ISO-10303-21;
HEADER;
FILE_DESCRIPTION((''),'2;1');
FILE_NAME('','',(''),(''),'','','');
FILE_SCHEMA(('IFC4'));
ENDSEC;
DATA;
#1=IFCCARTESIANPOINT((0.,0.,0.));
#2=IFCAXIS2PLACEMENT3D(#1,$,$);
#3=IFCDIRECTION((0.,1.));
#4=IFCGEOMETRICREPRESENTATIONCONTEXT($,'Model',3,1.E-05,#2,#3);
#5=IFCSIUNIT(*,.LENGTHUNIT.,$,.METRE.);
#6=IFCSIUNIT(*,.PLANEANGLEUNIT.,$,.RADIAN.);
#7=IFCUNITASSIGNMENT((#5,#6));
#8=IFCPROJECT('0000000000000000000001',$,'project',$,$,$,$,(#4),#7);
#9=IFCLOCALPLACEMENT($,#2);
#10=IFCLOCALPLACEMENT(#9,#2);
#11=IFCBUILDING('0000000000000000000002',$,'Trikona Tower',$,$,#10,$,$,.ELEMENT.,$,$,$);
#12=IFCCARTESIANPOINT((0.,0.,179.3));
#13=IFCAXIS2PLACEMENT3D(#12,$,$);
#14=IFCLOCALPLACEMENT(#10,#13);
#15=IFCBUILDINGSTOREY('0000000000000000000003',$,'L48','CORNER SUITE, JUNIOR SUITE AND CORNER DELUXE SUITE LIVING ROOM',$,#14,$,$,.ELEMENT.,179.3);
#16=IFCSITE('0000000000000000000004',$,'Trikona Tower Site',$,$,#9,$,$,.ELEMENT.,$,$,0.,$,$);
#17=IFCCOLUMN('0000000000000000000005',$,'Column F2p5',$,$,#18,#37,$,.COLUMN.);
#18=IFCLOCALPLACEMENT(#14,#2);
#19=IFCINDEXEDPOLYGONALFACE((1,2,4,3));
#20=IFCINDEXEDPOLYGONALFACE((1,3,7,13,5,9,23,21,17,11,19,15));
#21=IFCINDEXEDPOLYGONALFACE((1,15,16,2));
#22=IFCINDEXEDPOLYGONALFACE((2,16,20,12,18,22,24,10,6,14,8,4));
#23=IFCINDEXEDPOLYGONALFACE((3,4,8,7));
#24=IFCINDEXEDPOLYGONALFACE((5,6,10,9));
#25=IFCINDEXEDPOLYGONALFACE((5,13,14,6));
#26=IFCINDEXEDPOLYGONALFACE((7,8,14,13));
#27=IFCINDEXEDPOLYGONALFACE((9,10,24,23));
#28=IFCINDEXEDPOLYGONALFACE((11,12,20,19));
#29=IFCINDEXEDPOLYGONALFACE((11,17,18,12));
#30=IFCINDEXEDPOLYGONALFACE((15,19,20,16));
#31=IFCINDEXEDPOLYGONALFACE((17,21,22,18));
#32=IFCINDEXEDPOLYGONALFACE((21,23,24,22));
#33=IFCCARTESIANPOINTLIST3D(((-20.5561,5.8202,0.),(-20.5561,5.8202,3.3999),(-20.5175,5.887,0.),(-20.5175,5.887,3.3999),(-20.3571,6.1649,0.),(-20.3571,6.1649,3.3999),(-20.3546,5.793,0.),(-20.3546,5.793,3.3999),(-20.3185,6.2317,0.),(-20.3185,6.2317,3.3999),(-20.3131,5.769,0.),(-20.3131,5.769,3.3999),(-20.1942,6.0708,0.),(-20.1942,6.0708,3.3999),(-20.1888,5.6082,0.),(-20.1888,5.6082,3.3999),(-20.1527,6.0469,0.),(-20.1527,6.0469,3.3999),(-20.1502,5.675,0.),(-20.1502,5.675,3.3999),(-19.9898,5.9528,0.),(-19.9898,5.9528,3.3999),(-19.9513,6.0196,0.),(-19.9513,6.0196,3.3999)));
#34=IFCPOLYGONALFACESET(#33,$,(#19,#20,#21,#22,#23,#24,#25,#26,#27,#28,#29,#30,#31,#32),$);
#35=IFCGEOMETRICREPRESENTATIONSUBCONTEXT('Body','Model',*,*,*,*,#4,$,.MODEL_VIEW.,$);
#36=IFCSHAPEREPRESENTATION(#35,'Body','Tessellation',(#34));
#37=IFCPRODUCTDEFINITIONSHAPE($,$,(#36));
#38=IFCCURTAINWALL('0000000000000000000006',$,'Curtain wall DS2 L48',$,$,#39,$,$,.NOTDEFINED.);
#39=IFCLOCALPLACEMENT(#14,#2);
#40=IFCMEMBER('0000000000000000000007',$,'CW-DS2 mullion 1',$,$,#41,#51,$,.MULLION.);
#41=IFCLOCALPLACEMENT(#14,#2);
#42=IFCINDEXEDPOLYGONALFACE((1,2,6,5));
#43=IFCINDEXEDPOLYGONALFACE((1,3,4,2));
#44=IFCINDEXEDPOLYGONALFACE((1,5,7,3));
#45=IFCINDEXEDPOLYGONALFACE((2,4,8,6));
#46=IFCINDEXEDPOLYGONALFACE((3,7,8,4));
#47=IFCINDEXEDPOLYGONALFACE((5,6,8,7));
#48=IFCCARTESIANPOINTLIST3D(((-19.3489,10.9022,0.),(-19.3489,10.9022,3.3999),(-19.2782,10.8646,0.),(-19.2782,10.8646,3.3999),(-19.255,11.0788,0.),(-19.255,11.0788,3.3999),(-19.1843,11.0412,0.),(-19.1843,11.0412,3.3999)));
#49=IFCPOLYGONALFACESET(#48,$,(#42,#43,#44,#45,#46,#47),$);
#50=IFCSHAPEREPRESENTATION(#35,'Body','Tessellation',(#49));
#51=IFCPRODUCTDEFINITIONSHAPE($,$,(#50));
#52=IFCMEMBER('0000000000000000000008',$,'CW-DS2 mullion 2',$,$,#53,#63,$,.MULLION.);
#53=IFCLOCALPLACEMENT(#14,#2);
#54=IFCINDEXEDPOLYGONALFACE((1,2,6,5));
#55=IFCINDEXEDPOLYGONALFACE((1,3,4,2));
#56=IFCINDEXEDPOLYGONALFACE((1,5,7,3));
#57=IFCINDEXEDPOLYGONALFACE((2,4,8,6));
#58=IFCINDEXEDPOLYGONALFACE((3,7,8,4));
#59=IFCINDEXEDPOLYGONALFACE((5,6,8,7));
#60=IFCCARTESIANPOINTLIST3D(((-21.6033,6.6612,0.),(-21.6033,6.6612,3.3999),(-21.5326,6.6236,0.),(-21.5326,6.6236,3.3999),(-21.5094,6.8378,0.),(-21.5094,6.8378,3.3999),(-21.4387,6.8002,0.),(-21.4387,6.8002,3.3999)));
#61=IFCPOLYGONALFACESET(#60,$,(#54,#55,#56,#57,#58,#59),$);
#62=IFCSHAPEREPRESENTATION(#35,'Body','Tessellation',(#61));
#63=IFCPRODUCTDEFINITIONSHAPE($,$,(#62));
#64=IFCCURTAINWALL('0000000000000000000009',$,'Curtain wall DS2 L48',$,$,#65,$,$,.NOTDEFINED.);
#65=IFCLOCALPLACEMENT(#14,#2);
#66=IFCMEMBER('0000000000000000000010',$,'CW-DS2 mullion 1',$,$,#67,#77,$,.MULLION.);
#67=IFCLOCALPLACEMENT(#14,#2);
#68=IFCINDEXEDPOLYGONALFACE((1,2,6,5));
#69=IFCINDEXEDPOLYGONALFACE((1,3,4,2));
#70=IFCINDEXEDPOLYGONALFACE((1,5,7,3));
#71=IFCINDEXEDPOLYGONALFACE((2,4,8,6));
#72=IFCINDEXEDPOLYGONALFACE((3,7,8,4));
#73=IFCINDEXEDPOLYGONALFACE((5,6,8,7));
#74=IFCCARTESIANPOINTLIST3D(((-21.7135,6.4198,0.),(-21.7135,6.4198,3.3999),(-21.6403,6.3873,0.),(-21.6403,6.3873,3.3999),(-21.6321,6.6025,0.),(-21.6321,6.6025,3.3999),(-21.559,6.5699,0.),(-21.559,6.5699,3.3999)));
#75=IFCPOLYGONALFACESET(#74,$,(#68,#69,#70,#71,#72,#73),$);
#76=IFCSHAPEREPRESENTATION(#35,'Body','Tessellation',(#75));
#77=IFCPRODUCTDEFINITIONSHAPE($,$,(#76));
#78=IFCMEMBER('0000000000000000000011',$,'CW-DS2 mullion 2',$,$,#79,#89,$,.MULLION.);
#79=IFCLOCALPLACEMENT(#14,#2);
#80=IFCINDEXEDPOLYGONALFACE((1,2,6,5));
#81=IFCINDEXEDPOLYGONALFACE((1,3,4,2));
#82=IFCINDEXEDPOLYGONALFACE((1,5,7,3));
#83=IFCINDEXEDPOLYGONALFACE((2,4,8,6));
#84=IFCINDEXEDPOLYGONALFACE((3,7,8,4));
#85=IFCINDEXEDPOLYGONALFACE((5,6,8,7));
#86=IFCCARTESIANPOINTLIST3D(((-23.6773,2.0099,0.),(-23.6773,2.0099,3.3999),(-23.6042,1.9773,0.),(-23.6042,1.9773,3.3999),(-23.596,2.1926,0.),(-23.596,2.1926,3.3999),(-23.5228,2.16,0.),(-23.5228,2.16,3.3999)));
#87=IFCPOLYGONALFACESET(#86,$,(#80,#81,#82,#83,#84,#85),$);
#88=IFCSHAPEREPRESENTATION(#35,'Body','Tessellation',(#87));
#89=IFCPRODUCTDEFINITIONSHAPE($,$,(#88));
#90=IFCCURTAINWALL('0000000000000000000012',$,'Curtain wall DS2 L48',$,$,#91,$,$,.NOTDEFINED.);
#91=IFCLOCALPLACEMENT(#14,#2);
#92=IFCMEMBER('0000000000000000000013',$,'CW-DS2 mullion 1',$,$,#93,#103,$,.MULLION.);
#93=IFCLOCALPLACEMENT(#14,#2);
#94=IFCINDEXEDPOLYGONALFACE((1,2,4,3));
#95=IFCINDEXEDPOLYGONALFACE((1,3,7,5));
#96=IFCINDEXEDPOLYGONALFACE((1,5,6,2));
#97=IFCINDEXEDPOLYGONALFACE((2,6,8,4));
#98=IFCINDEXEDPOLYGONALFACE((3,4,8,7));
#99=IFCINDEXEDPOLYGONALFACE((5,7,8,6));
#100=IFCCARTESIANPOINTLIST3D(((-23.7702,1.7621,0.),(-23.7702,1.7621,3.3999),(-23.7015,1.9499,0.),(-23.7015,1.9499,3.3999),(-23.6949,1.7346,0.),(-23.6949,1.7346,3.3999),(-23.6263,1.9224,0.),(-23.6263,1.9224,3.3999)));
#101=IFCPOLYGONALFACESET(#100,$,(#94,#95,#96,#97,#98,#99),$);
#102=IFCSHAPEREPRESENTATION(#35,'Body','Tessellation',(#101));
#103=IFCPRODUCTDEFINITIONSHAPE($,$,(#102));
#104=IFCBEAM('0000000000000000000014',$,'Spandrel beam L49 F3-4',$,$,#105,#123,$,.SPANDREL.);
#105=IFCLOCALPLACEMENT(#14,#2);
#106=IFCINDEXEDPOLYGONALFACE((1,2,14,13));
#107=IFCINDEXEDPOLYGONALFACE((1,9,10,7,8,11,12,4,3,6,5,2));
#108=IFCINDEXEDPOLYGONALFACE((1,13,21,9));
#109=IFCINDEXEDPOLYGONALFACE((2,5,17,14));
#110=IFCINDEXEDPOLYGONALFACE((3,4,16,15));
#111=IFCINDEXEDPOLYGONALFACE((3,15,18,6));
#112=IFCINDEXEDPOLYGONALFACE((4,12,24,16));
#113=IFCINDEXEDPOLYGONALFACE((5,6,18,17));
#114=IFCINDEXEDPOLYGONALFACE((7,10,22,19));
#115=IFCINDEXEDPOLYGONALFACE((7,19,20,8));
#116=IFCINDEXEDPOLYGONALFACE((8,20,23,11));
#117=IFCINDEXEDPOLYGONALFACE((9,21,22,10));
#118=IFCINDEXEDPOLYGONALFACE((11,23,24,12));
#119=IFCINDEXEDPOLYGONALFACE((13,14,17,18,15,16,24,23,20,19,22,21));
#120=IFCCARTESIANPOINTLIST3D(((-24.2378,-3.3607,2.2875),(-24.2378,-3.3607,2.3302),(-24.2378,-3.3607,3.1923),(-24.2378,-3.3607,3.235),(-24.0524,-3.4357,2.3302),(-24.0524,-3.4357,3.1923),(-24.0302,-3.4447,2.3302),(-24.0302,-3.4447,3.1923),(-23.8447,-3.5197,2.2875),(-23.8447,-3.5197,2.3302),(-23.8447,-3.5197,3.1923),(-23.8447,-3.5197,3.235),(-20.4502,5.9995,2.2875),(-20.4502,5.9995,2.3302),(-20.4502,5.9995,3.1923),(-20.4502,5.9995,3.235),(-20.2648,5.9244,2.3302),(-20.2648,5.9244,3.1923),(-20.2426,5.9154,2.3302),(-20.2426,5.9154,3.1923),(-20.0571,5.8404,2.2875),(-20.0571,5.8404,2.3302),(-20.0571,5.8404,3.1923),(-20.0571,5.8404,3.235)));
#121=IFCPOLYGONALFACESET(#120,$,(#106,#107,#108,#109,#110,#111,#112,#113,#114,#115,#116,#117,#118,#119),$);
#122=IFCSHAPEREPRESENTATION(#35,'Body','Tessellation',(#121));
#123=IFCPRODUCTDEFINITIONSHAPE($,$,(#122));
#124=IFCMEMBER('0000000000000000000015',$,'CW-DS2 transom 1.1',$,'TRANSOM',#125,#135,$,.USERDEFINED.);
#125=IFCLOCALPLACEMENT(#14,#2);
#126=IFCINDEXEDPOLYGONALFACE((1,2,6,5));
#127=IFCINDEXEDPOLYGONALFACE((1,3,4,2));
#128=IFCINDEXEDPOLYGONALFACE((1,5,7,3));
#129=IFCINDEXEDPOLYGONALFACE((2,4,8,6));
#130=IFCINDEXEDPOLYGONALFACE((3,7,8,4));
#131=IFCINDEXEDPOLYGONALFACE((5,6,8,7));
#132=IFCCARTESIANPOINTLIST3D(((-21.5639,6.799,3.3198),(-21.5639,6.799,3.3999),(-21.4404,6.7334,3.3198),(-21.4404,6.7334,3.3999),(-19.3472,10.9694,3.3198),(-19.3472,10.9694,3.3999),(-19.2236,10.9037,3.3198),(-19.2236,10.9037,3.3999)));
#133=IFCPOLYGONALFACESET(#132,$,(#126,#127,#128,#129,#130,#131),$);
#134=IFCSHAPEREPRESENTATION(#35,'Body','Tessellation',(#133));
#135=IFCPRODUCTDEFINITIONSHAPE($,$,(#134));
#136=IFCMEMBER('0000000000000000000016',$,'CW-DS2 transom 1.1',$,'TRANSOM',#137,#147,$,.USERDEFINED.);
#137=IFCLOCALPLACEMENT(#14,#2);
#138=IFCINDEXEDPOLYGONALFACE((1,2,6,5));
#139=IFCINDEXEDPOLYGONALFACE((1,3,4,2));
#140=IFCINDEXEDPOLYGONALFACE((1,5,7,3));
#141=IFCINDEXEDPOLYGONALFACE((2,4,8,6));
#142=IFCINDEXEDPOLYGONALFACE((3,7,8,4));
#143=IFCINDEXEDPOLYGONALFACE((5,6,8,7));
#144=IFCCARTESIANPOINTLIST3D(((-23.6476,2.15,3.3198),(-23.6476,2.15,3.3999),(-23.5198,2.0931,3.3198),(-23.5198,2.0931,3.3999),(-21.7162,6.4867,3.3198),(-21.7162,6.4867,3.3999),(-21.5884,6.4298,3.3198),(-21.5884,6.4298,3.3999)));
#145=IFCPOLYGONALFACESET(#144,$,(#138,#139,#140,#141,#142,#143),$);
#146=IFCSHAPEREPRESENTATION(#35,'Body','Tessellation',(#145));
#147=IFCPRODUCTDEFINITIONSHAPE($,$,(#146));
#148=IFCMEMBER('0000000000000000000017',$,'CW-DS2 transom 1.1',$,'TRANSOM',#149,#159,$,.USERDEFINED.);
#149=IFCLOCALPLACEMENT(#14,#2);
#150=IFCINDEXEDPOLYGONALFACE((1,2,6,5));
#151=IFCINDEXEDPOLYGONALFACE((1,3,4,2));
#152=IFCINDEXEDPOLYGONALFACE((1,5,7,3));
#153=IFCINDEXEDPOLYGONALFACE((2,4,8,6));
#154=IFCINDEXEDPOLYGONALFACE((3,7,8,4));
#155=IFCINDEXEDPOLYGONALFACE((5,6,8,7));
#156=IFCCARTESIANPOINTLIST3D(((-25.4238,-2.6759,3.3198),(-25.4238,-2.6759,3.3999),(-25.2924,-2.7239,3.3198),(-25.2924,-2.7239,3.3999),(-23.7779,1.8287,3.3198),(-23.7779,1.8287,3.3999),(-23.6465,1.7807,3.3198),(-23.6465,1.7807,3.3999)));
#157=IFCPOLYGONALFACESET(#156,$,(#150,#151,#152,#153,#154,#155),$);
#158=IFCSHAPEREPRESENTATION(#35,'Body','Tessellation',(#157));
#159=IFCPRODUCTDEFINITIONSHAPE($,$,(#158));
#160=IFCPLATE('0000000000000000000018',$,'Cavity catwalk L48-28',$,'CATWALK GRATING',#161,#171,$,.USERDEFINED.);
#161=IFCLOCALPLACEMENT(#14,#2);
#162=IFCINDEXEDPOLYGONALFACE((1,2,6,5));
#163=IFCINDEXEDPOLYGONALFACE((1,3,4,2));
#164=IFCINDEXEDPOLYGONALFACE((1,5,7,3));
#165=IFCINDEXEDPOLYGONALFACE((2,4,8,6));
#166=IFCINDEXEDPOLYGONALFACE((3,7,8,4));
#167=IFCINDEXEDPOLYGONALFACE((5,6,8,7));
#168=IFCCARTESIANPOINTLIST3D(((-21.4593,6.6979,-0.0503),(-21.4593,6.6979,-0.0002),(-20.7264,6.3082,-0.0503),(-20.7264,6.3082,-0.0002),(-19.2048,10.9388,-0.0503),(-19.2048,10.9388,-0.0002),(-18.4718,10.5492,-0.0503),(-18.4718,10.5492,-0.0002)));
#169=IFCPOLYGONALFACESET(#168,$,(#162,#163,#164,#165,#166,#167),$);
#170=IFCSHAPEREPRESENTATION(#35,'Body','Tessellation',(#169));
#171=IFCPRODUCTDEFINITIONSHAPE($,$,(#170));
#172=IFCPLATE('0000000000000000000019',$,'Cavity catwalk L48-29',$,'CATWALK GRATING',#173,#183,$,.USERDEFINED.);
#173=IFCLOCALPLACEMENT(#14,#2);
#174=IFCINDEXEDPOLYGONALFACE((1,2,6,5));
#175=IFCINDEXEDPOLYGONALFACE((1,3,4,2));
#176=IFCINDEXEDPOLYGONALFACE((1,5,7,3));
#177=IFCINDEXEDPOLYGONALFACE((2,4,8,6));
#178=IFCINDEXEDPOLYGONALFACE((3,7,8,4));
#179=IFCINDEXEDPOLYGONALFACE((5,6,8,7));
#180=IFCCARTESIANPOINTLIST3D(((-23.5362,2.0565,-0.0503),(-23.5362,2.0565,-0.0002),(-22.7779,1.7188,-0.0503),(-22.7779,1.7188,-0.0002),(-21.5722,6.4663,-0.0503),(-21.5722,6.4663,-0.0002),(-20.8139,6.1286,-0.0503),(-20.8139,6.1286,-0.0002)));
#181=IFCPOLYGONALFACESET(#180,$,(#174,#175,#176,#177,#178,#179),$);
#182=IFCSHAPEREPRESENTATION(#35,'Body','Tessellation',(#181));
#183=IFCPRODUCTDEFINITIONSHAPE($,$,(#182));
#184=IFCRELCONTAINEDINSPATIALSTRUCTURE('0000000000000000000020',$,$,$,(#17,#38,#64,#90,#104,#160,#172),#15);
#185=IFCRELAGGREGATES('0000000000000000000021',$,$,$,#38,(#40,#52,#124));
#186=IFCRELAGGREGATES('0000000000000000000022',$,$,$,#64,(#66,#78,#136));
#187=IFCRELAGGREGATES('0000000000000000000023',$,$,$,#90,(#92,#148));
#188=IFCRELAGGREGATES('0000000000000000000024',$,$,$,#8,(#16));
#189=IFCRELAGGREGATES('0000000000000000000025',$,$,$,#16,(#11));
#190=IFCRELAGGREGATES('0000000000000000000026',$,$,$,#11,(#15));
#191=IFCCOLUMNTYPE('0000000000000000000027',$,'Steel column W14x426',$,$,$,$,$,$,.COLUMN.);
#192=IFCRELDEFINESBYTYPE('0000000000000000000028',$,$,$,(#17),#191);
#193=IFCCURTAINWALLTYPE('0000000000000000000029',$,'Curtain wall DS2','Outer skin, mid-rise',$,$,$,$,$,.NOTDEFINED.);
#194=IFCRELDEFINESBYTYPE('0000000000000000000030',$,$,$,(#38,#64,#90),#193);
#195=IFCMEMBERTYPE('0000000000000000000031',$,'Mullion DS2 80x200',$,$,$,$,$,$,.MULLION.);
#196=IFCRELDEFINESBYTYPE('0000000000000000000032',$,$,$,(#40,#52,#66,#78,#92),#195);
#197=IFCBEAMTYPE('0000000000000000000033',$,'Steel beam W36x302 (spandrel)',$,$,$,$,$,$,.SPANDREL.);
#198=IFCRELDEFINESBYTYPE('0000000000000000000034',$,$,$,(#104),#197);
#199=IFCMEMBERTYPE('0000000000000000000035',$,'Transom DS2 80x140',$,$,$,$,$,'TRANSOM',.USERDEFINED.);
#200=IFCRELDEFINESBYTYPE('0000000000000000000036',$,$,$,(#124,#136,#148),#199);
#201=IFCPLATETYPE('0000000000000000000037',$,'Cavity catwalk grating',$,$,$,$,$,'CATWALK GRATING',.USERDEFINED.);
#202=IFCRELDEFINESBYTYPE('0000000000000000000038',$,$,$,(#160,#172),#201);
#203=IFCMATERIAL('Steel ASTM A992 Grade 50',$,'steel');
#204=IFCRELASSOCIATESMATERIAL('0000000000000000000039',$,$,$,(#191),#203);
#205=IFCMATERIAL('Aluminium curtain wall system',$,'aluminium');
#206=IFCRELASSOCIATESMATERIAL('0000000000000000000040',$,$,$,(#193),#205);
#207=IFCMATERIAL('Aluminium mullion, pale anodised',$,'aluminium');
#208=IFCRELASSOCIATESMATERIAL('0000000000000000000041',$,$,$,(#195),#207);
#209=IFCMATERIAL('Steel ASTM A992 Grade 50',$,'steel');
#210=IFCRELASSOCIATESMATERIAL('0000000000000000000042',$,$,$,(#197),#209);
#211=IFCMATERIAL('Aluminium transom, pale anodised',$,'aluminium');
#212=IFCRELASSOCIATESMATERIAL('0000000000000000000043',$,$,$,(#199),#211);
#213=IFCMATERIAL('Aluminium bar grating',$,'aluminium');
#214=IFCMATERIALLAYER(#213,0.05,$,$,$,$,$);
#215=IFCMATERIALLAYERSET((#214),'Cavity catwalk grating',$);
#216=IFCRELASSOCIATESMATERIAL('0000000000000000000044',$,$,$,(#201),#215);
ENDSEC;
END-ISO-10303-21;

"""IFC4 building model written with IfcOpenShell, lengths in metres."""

from ifc_helpers import new_model, si_unit, direction, frame, origin, origin_2d, place, context, subcontext, project, spatial, rectangle, i_section, extrude, material, layer, layer_set, material_profile, profile_set, type_object, element, aggregate, save


model = new_model("IFC4")

# Units and contexts
model_context = context("Model", 3, precision=1e-05, world=origin(), true_north=direction((0.0, 1.0)))
body_context = subcontext(model_context, "Body", "Model", "MODEL_VIEW")
ifc_project = project(units=[si_unit("LENGTHUNIT", "METRE"), si_unit("PLANEANGLEUNIT", "RADIAN")], contexts=[model_context])

# Site, building, storey
site_placement = place(None, origin())
site = spatial("IfcSite", under=ifc_project, at=site_placement, Name="Trikona Tower Site", CompositionType="ELEMENT", RefElevation=0.0)
building_placement = place(site_placement, origin())
building = spatial("IfcBuilding", under=site, at=building_placement, Name="Trikona Tower", CompositionType="ELEMENT")
storey_placement = place(building_placement, frame((0.0, 0.0, 179.3)))
storey = spatial("IfcBuildingStorey", under=building, at=storey_placement, Name="L48", Description="CORNER SUITE, JUNIOR SUITE AND CORNER DELUXE SUITE LIVING ROOM", CompositionType="ELEMENT", Elevation=179.3)

# Column
ifc_material_1 = material(Name="Steel ASTM A992 Grade 50", Category="steel")
ifc_material_profile_1 = material_profile(ifc_material_1, i_section(OverallWidth=0.4241, OverallDepth=0.4751, WebThickness=0.0479, FlangeThickness=0.0771, at=origin_2d()), Name="W14X426")
ifc_profile_set_1 = profile_set([ifc_material_profile_1], Name="Steel ASTM A992 Grade 50")
column_type = type_object("IfcColumnType", Name="Steel column W14x426", PredefinedType="COLUMN", material=ifc_profile_set_1)
column_placement = place(storey_placement, frame((-20.2537, 5.9199, 0.0), z_axis=(0.0, 0.0, 1.0), x_axis=(-0.866025, 0.5, 0.0)))
element("IfcColumn", 1, at=column_placement, inside=storey, type_object=column_type, Name="Column F2p5", PredefinedType="COLUMN", context=body_context, shape_type="SweptSolid", body=[
    extrude(i_section(OverallWidth=0.4241, OverallDepth=0.4751, WebThickness=0.0479, FlangeThickness=0.0771, at=origin_2d()), origin(), (0.0, 0.0, 1.0), 3.3999),
])

# Curtain walls, members
ifc_material_2 = material(Name="Aluminium curtain wall system", Category="aluminium")
curtain_wall_type = type_object("IfcCurtainWallType", Name="Curtain wall DS2", Description="Outer skin, mid-rise", PredefinedType="NOTDEFINED", material=ifc_material_2)
curtain_wall_1_placement = place(storey_placement, origin())
curtain_wall_1 = element("IfcCurtainWall", 2, at=curtain_wall_1_placement, inside=storey, type_object=curtain_wall_type, Name="Curtain wall DS2 L48", PredefinedType="NOTDEFINED")
ifc_material_3 = material(Name="Aluminium mullion, pale anodised", Category="aluminium")
ifc_material_profile_2 = material_profile(ifc_material_3, rectangle(XDim=0.0801, YDim=0.2, at=origin_2d()), Name="MUL-DS2")
ifc_profile_set_2 = profile_set([ifc_material_profile_2], Name="Aluminium mullion, pale anodised")
member_type_1 = type_object("IfcMemberType", Name="Mullion DS2 80x200", PredefinedType="MULLION", material=ifc_profile_set_2)
member_1_placement = place(storey_placement, frame((-19.2666, 10.9717, 0.0), z_axis=(0.0, 0.0, 1.0), x_axis=(0.882996, -0.46938, 0.0)))
member_1 = element("IfcMember", 3, at=member_1_placement, type_object=member_type_1, Name="CW-DS2 mullion 1", PredefinedType="MULLION", context=body_context, shape_type="SweptSolid", body=[
    extrude(rectangle(XDim=0.0801, YDim=0.2, at=origin_2d()), origin(), (0.0, 0.0, 1.0), 3.3999),
])
member_2_placement = place(storey_placement, frame((-21.521, 6.7307, 0.0), z_axis=(0.0, 0.0, 1.0), x_axis=(0.882996, -0.46938, 0.0)))
member_2 = element("IfcMember", 4, at=member_2_placement, type_object=member_type_1, Name="CW-DS2 mullion 2", PredefinedType="MULLION", context=body_context, shape_type="SweptSolid", body=[
    extrude(rectangle(XDim=0.0801, YDim=0.2, at=origin_2d()), origin(), (0.0, 0.0, 1.0), 3.3999),
])
curtain_wall_2_placement = place(storey_placement, origin())
curtain_wall_2 = element("IfcCurtainWall", 5, at=curtain_wall_2_placement, inside=storey, type_object=curtain_wall_type, Name="Curtain wall DS2 L48", PredefinedType="NOTDEFINED")
member_3_placement = place(storey_placement, frame((-21.6362, 6.4949, 0.0), z_axis=(0.0, 0.0, 1.0), x_axis=(0.913501, -0.406836, 0.0)))
member_3 = element("IfcMember", 6, at=member_3_placement, type_object=member_type_1, Name="CW-DS2 mullion 1", PredefinedType="MULLION", context=body_context, shape_type="SweptSolid", body=[
    extrude(rectangle(XDim=0.0801, YDim=0.2, at=origin_2d()), origin(), (0.0, 0.0, 1.0), 3.3999),
])
member_4_placement = place(storey_placement, frame((-23.6001, 2.085, 0.0), z_axis=(0.0, 0.0, 1.0), x_axis=(0.913501, -0.406836, 0.0)))
member_4 = element("IfcMember", 7, at=member_4_placement, type_object=member_type_1, Name="CW-DS2 mullion 2", PredefinedType="MULLION", context=body_context, shape_type="SweptSolid", body=[
    extrude(rectangle(XDim=0.0801, YDim=0.2, at=origin_2d()), origin(), (0.0, 0.0, 1.0), 3.3999),
])

# Curtain wall, member
curtain_wall_3_placement = place(storey_placement, origin())
curtain_wall_3 = element("IfcCurtainWall", 8, at=curtain_wall_3_placement, inside=storey, type_object=curtain_wall_type, Name="Curtain wall DS2 L48", PredefinedType="NOTDEFINED")
member_5_placement = place(storey_placement, frame((-23.6982, 1.8423, 0.0), z_axis=(0.0, 0.0, 1.0), x_axis=(0.939254, -0.343223, 0.0)))
member_5 = element("IfcMember", 9, at=member_5_placement, type_object=member_type_1, Name="CW-DS2 mullion 1", PredefinedType="MULLION", context=body_context, shape_type="SweptSolid", body=[
    extrude(rectangle(XDim=0.0801, YDim=0.2, at=origin_2d()), origin(), (0.0, 0.0, 1.0), 3.3999),
])

# Beam
ifc_material_4 = material(Name="Steel ASTM A992 Grade 50", Category="steel")
ifc_material_profile_3 = material_profile(ifc_material_4, i_section(OverallWidth=0.4241, OverallDepth=0.9475, WebThickness=0.0239, FlangeThickness=0.0427, at=origin_2d()), Name="W36X302")
ifc_profile_set_3 = profile_set([ifc_material_profile_3], Name="Steel ASTM A992 Grade 50")
beam_type = type_object("IfcBeamType", Name="Steel beam W36x302 (spandrel)", PredefinedType="SPANDREL", material=ifc_profile_set_3)
beam_placement = place(storey_placement, frame((-20.2537, 5.9199, 2.7612), z_axis=(-0.375106, -0.926982, 0.0), x_axis=(0.926982, -0.375106, 0.0)))
element("IfcBeam", 10, at=beam_placement, inside=storey, type_object=beam_type, Name="Spandrel beam L49 F3-4", PredefinedType="SPANDREL", context=body_context, shape_type="SweptSolid", body=[
    extrude(i_section(OverallWidth=0.4241, OverallDepth=0.9475, WebThickness=0.0239, FlangeThickness=0.0427, at=origin_2d()), origin(), (0.0, 0.0, 1.0), 10.0974),
])

# Members
ifc_material_5 = material(Name="Aluminium transom, pale anodised", Category="aluminium")
ifc_material_profile_4 = material_profile(ifc_material_5, rectangle(XDim=0.1399, YDim=0.0801, at=origin_2d()), Name="TRN-DS2")
ifc_profile_set_4 = profile_set([ifc_material_profile_4], Name="Aluminium transom, pale anodised")
member_type_2 = type_object("IfcMemberType", Name="Transom DS2 80x140", ElementType="TRANSOM", PredefinedType="USERDEFINED", material=ifc_profile_set_4)
member_6_placement = place(storey_placement, frame((-19.2854, 10.9365, 3.3599), z_axis=(-0.469364, -0.883005, 0.0), x_axis=(0.883005, -0.469364, 0.0)))
member_6 = element("IfcMember", 11, at=member_6_placement, type_object=member_type_2, Name="CW-DS2 transom 1.1", ObjectType="TRANSOM", PredefinedType="USERDEFINED", context=body_context, shape_type="SweptSolid", body=[
    extrude(rectangle(XDim=0.1399, YDim=0.0801, at=origin_2d()), origin(), (0.0, 0.0, 1.0), 4.7229),
])
member_7_placement = place(storey_placement, frame((-21.6523, 6.4583, 3.3599), z_axis=(-0.40684, -0.9135, 0.0), x_axis=(0.9135, -0.40684, 0.0)))
member_7 = element("IfcMember", 12, at=member_7_placement, type_object=member_type_2, Name="CW-DS2 transom 1.1", ObjectType="TRANSOM", PredefinedType="USERDEFINED", context=body_context, shape_type="SweptSolid", body=[
    extrude(rectangle(XDim=0.1399, YDim=0.0801, at=origin_2d()), origin(), (0.0, 0.0, 1.0), 4.7473),
])
member_8_placement = place(storey_placement, frame((-23.7122, 1.8047, 3.3599), z_axis=(-0.343206, -0.93926, 0.0), x_axis=(0.93926, -0.343206, 0.0)))
member_8 = element("IfcMember", 13, at=member_8_placement, type_object=member_type_2, Name="CW-DS2 transom 1.1", ObjectType="TRANSOM", PredefinedType="USERDEFINED", context=body_context, shape_type="SweptSolid", body=[
    extrude(rectangle(XDim=0.1399, YDim=0.0801, at=origin_2d()), origin(), (0.0, 0.0, 1.0), 4.7959),
])

# Plates
ifc_material_6 = material(Name="Aluminium bar grating", Category="aluminium")
ifc_layer_1 = layer(ifc_material_6, 0.05)
ifc_layer_set_1 = layer_set([ifc_layer_1], Name="Cavity catwalk grating")
plate_type_1 = type_object("IfcPlateType", Name="Cavity catwalk grating", ElementType="CATWALK GRATING", PredefinedType="USERDEFINED", material=ifc_layer_set_1)
plate_1_placement = place(storey_placement, frame((-19.9656, 8.6235, -0.0503), z_axis=(0.0, 0.0, 1.0), x_axis=(-0.469398, -0.882987, 0.0)))
element("IfcPlate", 14, at=plate_1_placement, inside=storey, type_object=plate_type_1, Name="Cavity catwalk L48-28", ObjectType="CATWALK GRATING", PredefinedType="USERDEFINED", context=body_context, shape_type="SweptSolid", body=[
    extrude(rectangle(XDim=4.803, YDim=0.8301, at=origin_2d()), origin(), (0.0, 0.0, 1.0), 0.05),
])
plate_2_placement = place(storey_placement, frame((-22.175, 4.0925, -0.0503), z_axis=(0.0, 0.0, 1.0), x_axis=(-0.406843, -0.913498, 0.0)))
element("IfcPlate", 15, at=plate_2_placement, inside=storey, type_object=plate_type_1, Name="Cavity catwalk L48-29", ObjectType="CATWALK GRATING", PredefinedType="USERDEFINED", context=body_context, shape_type="SweptSolid", body=[
    extrude(rectangle(XDim=4.8274, YDim=0.8301, at=origin_2d()), origin(), (0.0, 0.0, 1.0), 0.05),
])

aggregate(curtain_wall_1, [member_1, member_2, member_6])
aggregate(curtain_wall_2, [member_3, member_4, member_7])
aggregate(curtain_wall_3, [member_5, member_8])

save(model, "model.ifc")
